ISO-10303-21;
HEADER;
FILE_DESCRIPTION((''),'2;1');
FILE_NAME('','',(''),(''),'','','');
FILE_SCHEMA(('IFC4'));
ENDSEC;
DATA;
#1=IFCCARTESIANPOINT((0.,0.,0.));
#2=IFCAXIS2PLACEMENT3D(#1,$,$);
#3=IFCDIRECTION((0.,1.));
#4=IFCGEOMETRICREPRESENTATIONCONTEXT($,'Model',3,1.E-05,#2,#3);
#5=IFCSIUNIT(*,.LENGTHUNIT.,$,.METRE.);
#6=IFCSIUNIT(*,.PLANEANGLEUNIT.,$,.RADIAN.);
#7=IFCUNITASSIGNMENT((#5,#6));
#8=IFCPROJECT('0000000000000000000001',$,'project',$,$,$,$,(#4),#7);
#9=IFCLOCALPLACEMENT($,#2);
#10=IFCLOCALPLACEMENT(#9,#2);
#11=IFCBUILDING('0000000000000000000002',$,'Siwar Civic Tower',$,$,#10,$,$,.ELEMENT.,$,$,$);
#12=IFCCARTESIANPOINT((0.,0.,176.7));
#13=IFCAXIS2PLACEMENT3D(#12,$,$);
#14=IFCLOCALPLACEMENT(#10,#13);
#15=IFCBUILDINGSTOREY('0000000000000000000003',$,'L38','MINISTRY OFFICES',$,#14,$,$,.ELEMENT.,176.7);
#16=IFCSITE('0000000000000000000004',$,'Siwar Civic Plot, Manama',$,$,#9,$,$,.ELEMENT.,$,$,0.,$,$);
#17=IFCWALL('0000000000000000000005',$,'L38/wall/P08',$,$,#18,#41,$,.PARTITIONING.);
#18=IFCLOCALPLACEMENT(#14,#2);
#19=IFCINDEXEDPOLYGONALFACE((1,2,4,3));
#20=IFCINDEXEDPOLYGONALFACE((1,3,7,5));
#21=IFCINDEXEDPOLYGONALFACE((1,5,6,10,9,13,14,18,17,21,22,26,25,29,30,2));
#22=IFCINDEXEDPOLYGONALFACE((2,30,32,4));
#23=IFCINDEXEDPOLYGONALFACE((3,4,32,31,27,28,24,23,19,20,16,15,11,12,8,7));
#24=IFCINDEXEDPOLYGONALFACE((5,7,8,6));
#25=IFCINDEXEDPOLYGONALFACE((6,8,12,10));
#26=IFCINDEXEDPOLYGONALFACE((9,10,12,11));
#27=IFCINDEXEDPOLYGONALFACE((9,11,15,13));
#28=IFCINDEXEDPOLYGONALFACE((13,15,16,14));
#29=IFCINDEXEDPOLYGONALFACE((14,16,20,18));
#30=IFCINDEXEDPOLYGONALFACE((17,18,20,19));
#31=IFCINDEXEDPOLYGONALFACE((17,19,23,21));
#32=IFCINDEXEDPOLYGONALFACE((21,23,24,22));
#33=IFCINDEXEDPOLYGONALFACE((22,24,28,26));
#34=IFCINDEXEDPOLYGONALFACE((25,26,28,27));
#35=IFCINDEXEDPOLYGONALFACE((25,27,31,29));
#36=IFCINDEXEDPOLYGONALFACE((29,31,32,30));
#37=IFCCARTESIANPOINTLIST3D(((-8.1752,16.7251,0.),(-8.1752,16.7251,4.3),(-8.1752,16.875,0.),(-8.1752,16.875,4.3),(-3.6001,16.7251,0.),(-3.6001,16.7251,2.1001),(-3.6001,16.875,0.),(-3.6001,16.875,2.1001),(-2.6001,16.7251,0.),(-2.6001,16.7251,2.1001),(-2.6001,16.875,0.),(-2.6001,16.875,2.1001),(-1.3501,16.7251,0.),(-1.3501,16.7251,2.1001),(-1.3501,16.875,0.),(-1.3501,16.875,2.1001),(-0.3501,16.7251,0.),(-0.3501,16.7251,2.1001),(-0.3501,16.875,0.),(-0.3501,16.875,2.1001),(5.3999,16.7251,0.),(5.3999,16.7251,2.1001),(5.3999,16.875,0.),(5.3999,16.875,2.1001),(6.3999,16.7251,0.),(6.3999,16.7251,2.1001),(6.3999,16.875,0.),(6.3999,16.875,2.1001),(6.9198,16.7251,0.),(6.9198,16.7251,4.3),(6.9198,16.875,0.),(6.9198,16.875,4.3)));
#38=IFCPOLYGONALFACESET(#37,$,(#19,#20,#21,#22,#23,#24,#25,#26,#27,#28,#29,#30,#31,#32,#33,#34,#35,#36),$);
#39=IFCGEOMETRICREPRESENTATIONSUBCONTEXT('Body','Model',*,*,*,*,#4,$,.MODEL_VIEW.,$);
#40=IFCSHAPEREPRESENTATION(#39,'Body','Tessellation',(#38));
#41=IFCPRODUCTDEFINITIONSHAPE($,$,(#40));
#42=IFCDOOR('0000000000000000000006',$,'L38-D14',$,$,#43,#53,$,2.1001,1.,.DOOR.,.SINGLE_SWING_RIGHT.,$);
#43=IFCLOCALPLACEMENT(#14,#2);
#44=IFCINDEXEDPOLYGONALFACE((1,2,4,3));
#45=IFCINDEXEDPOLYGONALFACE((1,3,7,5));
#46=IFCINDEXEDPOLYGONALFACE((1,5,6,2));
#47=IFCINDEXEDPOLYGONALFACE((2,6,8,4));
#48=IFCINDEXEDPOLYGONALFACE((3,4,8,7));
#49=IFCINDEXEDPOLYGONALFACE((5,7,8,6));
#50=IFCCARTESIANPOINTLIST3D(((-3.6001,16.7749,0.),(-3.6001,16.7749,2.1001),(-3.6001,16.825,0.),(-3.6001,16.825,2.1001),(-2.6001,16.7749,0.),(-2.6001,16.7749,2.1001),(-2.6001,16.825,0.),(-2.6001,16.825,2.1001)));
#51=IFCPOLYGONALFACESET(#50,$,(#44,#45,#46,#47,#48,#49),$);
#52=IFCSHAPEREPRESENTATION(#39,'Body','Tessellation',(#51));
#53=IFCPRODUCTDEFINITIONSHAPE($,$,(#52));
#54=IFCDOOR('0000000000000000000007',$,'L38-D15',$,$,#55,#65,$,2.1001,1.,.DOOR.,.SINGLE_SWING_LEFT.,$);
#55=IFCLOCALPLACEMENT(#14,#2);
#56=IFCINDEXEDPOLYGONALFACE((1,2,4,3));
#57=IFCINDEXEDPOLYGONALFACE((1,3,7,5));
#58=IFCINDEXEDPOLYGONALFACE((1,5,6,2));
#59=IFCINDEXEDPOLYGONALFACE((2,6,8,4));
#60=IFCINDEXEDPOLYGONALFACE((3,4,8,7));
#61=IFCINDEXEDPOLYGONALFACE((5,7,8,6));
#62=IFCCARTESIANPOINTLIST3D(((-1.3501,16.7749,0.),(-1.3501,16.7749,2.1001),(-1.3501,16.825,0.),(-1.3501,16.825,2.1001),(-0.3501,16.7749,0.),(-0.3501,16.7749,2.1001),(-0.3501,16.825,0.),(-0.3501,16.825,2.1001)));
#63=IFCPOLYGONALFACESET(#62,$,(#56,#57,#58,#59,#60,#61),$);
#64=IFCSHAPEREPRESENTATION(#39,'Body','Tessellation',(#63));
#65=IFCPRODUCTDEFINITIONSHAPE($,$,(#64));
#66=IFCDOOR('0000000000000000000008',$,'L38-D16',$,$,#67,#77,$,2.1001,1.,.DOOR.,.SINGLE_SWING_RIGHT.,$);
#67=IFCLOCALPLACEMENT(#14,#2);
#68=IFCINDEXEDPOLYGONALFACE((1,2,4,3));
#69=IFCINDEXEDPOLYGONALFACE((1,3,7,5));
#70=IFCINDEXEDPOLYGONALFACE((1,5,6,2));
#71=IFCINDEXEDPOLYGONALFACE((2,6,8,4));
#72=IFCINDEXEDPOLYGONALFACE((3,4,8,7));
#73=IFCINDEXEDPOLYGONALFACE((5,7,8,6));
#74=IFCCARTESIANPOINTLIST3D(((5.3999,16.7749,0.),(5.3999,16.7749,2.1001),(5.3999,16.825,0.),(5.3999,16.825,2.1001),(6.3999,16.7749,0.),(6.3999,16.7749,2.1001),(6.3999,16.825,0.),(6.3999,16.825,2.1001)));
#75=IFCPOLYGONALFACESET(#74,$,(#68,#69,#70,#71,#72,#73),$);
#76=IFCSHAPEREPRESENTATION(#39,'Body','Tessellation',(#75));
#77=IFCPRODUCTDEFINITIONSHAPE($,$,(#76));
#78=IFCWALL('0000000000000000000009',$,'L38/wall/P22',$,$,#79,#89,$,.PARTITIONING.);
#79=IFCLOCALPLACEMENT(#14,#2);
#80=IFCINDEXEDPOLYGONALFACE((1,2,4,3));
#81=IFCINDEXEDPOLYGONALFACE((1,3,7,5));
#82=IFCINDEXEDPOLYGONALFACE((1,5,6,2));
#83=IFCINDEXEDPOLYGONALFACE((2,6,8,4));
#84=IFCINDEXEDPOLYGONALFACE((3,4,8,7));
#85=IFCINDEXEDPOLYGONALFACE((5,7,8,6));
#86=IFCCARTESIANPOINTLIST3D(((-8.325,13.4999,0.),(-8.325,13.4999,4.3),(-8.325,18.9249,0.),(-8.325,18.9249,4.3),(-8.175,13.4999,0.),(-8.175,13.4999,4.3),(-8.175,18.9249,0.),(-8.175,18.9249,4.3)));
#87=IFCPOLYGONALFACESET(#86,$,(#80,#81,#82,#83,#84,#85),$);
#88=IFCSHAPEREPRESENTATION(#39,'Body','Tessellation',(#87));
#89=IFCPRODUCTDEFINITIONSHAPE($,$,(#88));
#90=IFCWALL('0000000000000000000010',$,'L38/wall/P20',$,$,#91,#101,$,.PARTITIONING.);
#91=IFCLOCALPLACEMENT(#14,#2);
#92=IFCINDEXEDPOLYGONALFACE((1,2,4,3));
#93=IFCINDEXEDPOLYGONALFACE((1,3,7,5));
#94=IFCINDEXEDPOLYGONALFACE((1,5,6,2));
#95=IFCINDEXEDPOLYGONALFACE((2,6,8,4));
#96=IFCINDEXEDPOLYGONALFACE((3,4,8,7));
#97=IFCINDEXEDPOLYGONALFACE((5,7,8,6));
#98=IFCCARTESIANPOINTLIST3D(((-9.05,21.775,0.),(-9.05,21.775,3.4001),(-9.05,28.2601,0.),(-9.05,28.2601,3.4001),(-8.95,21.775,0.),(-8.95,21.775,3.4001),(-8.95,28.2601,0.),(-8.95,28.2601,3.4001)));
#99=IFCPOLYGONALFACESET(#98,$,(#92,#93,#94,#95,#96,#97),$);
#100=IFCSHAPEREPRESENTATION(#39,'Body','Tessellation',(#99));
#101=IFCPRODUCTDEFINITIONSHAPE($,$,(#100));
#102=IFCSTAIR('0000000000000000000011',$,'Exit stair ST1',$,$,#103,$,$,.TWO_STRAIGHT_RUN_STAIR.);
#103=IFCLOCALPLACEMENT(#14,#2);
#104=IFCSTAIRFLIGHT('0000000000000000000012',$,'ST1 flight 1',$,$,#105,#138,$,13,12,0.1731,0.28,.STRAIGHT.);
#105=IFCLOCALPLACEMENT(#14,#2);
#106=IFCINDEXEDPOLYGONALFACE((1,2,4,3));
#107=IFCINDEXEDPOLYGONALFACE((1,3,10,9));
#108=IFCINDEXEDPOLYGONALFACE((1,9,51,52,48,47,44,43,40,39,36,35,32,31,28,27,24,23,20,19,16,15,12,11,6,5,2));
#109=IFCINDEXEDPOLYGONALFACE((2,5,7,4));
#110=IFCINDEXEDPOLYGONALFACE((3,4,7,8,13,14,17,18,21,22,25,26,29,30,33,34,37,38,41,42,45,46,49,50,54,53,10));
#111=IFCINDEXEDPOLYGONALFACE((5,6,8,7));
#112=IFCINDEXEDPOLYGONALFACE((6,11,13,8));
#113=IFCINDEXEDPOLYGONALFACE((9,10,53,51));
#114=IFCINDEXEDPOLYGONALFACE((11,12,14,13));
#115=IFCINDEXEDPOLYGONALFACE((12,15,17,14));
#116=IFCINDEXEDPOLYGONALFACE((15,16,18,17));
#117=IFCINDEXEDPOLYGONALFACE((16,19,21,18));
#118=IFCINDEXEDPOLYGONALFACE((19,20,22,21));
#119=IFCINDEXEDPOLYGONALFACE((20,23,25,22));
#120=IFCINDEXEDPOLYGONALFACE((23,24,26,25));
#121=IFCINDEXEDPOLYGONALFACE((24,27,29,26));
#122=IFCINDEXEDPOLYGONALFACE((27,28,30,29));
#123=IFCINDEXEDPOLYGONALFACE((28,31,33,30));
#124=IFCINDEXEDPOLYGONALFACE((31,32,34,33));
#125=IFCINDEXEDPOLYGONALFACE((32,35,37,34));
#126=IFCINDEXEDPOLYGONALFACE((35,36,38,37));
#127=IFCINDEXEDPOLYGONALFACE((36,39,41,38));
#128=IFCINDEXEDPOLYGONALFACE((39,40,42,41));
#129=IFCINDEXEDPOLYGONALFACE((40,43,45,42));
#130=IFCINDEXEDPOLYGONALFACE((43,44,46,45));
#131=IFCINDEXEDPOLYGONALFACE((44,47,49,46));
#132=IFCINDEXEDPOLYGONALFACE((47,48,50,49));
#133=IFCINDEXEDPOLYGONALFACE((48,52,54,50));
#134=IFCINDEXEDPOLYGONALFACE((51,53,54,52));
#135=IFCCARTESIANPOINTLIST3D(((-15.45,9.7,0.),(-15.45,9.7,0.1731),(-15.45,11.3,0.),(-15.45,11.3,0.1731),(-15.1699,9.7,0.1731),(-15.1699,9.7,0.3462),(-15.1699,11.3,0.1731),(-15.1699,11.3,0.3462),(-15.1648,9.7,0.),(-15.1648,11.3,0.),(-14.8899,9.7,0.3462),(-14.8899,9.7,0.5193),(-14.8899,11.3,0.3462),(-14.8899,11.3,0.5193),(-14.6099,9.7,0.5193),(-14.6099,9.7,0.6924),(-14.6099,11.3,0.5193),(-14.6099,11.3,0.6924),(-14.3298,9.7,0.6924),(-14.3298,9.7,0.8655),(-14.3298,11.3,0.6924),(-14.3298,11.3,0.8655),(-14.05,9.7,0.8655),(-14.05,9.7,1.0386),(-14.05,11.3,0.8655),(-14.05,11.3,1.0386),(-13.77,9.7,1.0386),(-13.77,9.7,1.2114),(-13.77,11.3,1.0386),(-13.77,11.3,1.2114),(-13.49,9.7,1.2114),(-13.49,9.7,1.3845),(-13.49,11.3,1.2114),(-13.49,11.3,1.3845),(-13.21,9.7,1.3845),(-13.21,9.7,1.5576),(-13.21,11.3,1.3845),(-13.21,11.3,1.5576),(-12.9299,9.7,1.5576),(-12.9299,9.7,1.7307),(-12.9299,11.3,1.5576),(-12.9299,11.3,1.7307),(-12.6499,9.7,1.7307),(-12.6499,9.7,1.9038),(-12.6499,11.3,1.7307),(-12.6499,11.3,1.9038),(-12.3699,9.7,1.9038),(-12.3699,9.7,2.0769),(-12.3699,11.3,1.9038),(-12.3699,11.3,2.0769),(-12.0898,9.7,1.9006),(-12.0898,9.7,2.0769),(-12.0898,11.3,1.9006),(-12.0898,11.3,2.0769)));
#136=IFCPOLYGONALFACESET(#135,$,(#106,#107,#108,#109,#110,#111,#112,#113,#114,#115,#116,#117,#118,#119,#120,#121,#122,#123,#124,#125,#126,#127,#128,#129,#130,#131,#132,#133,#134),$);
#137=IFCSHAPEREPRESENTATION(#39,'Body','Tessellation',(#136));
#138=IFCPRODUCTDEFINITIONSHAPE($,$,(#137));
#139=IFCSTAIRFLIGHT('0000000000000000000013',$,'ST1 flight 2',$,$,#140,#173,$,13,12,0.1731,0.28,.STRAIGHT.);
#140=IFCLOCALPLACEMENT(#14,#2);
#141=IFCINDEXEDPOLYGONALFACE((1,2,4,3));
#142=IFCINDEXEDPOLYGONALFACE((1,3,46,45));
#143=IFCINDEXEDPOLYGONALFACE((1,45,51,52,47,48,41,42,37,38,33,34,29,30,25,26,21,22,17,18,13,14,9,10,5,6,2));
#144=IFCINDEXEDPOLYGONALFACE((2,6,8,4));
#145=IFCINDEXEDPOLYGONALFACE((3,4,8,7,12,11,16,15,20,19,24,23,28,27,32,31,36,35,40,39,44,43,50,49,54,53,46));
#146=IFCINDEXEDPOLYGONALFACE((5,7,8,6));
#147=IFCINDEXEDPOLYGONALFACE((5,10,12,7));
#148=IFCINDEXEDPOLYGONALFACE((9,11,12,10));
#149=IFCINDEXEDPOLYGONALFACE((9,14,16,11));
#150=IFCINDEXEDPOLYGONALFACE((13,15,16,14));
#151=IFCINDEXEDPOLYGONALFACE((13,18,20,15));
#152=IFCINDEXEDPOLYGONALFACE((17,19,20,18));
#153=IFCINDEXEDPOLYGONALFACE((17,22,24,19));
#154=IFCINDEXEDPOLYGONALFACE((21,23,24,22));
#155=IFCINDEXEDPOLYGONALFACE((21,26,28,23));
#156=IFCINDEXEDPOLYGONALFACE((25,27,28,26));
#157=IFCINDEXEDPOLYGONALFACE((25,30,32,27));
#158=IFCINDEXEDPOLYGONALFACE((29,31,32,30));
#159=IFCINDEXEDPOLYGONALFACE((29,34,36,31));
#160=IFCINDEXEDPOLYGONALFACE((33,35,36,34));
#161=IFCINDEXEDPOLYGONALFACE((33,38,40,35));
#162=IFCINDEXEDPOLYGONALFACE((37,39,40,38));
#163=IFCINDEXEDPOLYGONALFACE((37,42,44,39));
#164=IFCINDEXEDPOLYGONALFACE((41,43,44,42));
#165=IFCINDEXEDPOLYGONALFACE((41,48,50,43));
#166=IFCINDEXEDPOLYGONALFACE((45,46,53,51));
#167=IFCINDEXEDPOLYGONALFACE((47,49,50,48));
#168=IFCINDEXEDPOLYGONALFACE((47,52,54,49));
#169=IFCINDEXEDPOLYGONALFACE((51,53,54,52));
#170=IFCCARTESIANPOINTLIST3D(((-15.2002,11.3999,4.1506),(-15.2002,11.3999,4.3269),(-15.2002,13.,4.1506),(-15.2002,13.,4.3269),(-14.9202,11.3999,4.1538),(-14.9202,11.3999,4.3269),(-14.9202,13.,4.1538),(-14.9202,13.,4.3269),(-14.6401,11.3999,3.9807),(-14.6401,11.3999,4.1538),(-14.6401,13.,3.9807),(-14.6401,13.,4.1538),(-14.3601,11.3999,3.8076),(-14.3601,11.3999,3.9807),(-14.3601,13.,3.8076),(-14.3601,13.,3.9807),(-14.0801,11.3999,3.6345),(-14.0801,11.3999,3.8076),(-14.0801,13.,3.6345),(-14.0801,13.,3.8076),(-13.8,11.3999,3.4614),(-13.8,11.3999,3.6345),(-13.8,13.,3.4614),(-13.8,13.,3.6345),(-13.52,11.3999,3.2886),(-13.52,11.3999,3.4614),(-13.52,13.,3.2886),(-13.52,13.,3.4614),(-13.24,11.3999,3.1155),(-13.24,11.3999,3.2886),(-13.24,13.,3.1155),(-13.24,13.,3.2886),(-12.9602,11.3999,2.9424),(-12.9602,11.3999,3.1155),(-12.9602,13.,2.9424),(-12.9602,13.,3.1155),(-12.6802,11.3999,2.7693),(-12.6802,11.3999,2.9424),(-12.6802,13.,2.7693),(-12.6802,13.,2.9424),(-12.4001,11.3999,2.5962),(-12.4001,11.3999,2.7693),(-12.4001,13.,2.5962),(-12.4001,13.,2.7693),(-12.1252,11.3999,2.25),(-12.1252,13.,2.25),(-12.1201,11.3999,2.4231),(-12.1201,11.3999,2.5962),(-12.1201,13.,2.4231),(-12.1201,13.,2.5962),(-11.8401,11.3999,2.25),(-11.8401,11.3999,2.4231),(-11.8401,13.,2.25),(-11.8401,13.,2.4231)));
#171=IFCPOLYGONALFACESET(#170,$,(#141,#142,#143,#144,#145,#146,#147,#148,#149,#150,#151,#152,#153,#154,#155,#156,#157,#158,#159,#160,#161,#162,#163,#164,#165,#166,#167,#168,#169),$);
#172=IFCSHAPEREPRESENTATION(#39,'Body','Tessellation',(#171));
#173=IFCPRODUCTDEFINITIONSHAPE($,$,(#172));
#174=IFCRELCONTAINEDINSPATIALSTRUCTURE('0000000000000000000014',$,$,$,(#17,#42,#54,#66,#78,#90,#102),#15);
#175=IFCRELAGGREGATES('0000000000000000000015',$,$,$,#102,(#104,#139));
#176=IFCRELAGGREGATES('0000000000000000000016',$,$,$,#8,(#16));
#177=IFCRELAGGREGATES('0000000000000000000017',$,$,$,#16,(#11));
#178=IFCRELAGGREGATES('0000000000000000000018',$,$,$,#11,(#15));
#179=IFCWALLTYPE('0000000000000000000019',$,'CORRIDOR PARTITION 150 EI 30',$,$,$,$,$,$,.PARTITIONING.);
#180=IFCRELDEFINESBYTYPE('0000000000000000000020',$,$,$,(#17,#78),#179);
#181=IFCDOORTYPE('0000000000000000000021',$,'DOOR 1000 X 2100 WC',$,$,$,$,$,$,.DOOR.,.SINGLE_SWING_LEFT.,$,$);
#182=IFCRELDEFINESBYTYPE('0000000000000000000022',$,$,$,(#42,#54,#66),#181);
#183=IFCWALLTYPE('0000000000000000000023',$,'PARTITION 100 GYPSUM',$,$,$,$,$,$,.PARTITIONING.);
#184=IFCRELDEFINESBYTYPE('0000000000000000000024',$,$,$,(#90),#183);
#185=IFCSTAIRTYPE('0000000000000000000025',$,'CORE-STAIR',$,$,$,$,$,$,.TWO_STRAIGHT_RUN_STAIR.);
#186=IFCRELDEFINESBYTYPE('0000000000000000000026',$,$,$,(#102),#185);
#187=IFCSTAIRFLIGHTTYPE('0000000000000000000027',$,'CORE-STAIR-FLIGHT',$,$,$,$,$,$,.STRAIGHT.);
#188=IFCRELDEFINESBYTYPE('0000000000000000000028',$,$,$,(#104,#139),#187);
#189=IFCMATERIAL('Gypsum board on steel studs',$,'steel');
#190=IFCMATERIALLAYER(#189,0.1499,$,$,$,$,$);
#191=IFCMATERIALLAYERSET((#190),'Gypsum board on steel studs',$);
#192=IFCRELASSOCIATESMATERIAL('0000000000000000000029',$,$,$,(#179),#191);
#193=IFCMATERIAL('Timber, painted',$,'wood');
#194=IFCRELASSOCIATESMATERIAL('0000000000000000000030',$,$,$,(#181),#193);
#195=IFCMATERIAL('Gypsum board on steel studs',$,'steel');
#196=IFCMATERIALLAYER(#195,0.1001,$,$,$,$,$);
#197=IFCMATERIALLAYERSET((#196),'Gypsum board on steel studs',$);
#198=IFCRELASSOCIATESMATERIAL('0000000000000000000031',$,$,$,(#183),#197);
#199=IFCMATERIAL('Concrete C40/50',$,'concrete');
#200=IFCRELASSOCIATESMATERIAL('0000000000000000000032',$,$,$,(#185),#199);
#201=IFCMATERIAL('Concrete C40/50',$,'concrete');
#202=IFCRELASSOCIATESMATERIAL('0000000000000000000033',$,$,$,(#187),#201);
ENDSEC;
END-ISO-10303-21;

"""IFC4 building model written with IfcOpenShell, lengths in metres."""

from ifc_helpers import new_model, si_unit, direction, frame, frame_2d, origin, place, context, subcontext, project, spatial, polyline, rectangle, outline, extrude, material, layer, layer_set, type_object, element, fill, aggregate, save


model = new_model("IFC4")

# Units and contexts
model_context = context("Model", 3, precision=1e-05, world=origin(), true_north=direction((0.0, 1.0)))
body_context = subcontext(model_context, "Body", "Model", "MODEL_VIEW")
ifc_project = project(units=[si_unit("LENGTHUNIT", "METRE"), si_unit("PLANEANGLEUNIT", "RADIAN")], contexts=[model_context])

# Site, building, storey
site_placement = place(None, origin())
site = spatial("IfcSite", under=ifc_project, at=site_placement, Name="Siwar Civic Plot, Manama", CompositionType="ELEMENT", RefElevation=0.0)
building_placement = place(site_placement, origin())
building = spatial("IfcBuilding", under=site, at=building_placement, Name="Siwar Civic Tower", CompositionType="ELEMENT")
storey_placement = place(building_placement, frame((0.0, 0.0, 176.7)))
storey = spatial("IfcBuildingStorey", under=building, at=storey_placement, Name="L38", Description="MINISTRY OFFICES", CompositionType="ELEMENT", Elevation=176.7)

# Wall, openings, doors
ifc_material_1 = material(Name="Gypsum board on steel studs", Category="steel")
ifc_layer_1 = layer(ifc_material_1, 0.1499)
ifc_layer_set_1 = layer_set([ifc_layer_1], Name="Gypsum board on steel studs")
wall_type_1 = type_object("IfcWallType", Name="CORRIDOR PARTITION 150 EI 30", PredefinedType="PARTITIONING", material=ifc_layer_set_1)
wall_1_placement = place(storey_placement, frame((-8.175, 16.8, 0.0), z_axis=(0.0, 0.0, 1.0), x_axis=(1.0, 0.0, 0.0)))
wall_1 = element("IfcWall", 1, at=wall_1_placement, inside=storey, type_object=wall_type_1, Name="L38/wall/P08", PredefinedType="PARTITIONING", context=body_context, shape_type="SweptSolid", body=[
    extrude(rectangle(XDim=15.095, YDim=0.1499, at=frame_2d((7.5474, 0.0))), origin(), (0.0, 0.0, 1.0), 4.3),
])
opening_1_placement = place(wall_1_placement, frame((4.575, 0.0, 0.0)))
opening_1 = element("IfcOpeningElement", 2, at=opening_1_placement, cuts=wall_1, PredefinedType="OPENING", context=body_context, shape_type="SweptSolid", body=[
    extrude(rectangle(XDim=1.0, YDim=2.1001, at=frame_2d((0.5, 1.05))), frame((0.0, 0.085, 0.0), z_axis=(0.0, -1.0, 0.0), x_axis=(1.0, 0.0, 0.0)), (0.0, 0.0, 1.0), 0.1699),
])
opening_2_placement = place(wall_1_placement, frame((6.825, 0.0, 0.0)))
opening_2 = element("IfcOpeningElement", 3, at=opening_2_placement, cuts=wall_1, PredefinedType="OPENING", context=body_context, shape_type="SweptSolid", body=[
    extrude(rectangle(XDim=1.0, YDim=2.1001, at=frame_2d((0.5, 1.05))), frame((0.0, 0.085, 0.0), z_axis=(0.0, -1.0, 0.0), x_axis=(1.0, 0.0, 0.0)), (0.0, 0.0, 1.0), 0.1699),
])
opening_3_placement = place(wall_1_placement, frame((13.575, 0.0, 0.0)))
opening_3 = element("IfcOpeningElement", 4, at=opening_3_placement, cuts=wall_1, PredefinedType="OPENING", context=body_context, shape_type="SweptSolid", body=[
    extrude(rectangle(XDim=1.0, YDim=2.1001, at=frame_2d((0.5, 1.05))), frame((0.0, 0.085, 0.0), z_axis=(0.0, -1.0, 0.0), x_axis=(1.0, 0.0, 0.0)), (0.0, 0.0, 1.0), 0.1699),
])
ifc_material_2 = material(Name="Timber, painted", Category="wood")
door_type_1 = type_object("IfcDoorType", Name="DOOR 1000 X 2100 WC", OperationType="SINGLE_SWING_LEFT", PredefinedType="DOOR", material=ifc_material_2)
door_1_placement = place(opening_1_placement, origin())
door_1 = element("IfcDoor", 5, at=door_1_placement, inside=storey, type_object=door_type_1, Name="L38-D14", OperationType="SINGLE_SWING_RIGHT", OverallHeight=2.1001, OverallWidth=1.0, PredefinedType="DOOR", context=body_context, shape_type="SweptSolid", body=[
    extrude(rectangle(XDim=1.0, YDim=2.1001, at=frame_2d((0.5, 1.05))), frame((0.0, 0.0249, 0.0), z_axis=(0.0, -1.0, 0.0), x_axis=(1.0, 0.0, 0.0)), (0.0, 0.0, 1.0), 0.05),
])
fill(opening_1, door_1)
door_2_placement = place(opening_2_placement, origin())
door_2 = element("IfcDoor", 6, at=door_2_placement, inside=storey, type_object=door_type_1, Name="L38-D15", OperationType="SINGLE_SWING_LEFT", OverallHeight=2.1001, OverallWidth=1.0, PredefinedType="DOOR", context=body_context, shape_type="SweptSolid", body=[
    extrude(rectangle(XDim=1.0, YDim=2.1001, at=frame_2d((0.5, 1.05))), frame((0.0, 0.0249, 0.0), z_axis=(0.0, -1.0, 0.0), x_axis=(1.0, 0.0, 0.0)), (0.0, 0.0, 1.0), 0.05),
])
fill(opening_2, door_2)
door_3_placement = place(opening_3_placement, origin())
door_3 = element("IfcDoor", 7, at=door_3_placement, inside=storey, type_object=door_type_1, Name="L38-D16", OperationType="SINGLE_SWING_RIGHT", OverallHeight=2.1001, OverallWidth=1.0, PredefinedType="DOOR", context=body_context, shape_type="SweptSolid", body=[
    extrude(rectangle(XDim=1.0, YDim=2.1001, at=frame_2d((0.5, 1.05))), frame((0.0, 0.0249, 0.0), z_axis=(0.0, -1.0, 0.0), x_axis=(1.0, 0.0, 0.0)), (0.0, 0.0, 1.0), 0.05),
])
fill(opening_3, door_3)

# Walls
wall_2_placement = place(storey_placement, frame((-8.25, 13.5, 0.0), z_axis=(0.0, 0.0, 1.0), x_axis=(0.0, 1.0, 0.0)))
element("IfcWall", 8, at=wall_2_placement, inside=storey, type_object=wall_type_1, Name="L38/wall/P22", PredefinedType="PARTITIONING", context=body_context, shape_type="SweptSolid", body=[
    extrude(rectangle(XDim=5.425, YDim=0.1499, at=frame_2d((2.7124, 0.0))), origin(), (0.0, 0.0, 1.0), 4.3),
])
ifc_material_3 = material(Name="Gypsum board on steel studs", Category="steel")
ifc_layer_2 = layer(ifc_material_3, 0.1001)
ifc_layer_set_2 = layer_set([ifc_layer_2], Name="Gypsum board on steel studs")
wall_type_2 = type_object("IfcWallType", Name="PARTITION 100 GYPSUM", PredefinedType="PARTITIONING", material=ifc_layer_set_2)
wall_3_placement = place(storey_placement, frame((-9.0, 21.7749, 0.0), z_axis=(0.0, 0.0, 1.0), x_axis=(0.0, 1.0, 0.0)))
element("IfcWall", 9, at=wall_3_placement, inside=storey, type_object=wall_type_2, Name="L38/wall/P20", PredefinedType="PARTITIONING", context=body_context, shape_type="SweptSolid", body=[
    extrude(rectangle(XDim=6.4851, YDim=0.1001, at=frame_2d((3.2427, 0.0))), origin(), (0.0, 0.0, 1.0), 3.4001),
])

# Stair, stair flights
ifc_material_4 = material(Name="Concrete C40/50", Category="concrete")
stair_type = type_object("IfcStairType", Name="CORE-STAIR", PredefinedType="TWO_STRAIGHT_RUN_STAIR", material=ifc_material_4)
stair_placement = place(storey_placement, origin())
stair = element("IfcStair", 10, at=stair_placement, inside=storey, type_object=stair_type, Name="Exit stair ST1", PredefinedType="TWO_STRAIGHT_RUN_STAIR")
ifc_material_5 = material(Name="Concrete C40/50", Category="concrete")
stair_flight_type = type_object("IfcStairFlightType", Name="CORE-STAIR-FLIGHT", PredefinedType="STRAIGHT", material=ifc_material_5)
stair_flight_1_placement = place(storey_placement, frame((-15.45, 10.5, 0.0), z_axis=(0.0, 0.0, 1.0), x_axis=(1.0, 0.0, 0.0)))
stair_flight_1 = element("IfcStairFlight", 11, at=stair_flight_1_placement, type_object=stair_flight_type, Name="ST1 flight 1", NumberOfRisers=13, NumberOfTreads=12, PredefinedType="STRAIGHT", RiserHeight=0.1731, TreadLength=0.28, context=body_context, shape_type="SweptSolid", body=[
    extrude(outline(polyline([(0.0, 0.0), (0.0, 0.1731), (0.28, 0.1731), (0.28, 0.3462), (0.5601, 0.3462), (0.5601, 0.5193), (0.8401, 0.5193), (0.8401, 0.6924), (1.1201, 0.6924), (1.1201, 0.8655), (1.3999, 0.8655), (1.3999, 1.0386), (1.6799, 1.0386), (1.6799, 1.2114), (1.96, 1.2114), (1.96, 1.3845), (2.24, 1.3845), (2.24, 1.5576), (2.52, 1.5576), (2.52, 1.7307), (2.8, 1.7307), (2.8, 1.9038), (3.0801, 1.9038), (3.0801, 2.0769), (3.3601, 2.0769), (3.3601, 2.25), (3.3601, 1.9006), (0.2852, 0.0), (0.0, 0.0)])), frame((0.0, 0.8, 0.0), z_axis=(0.0, -1.0, 0.0), x_axis=(1.0, 0.0, 0.0)), (0.0, 0.0, 1.0), 1.6001),
])
stair_flight_2_placement = place(storey_placement, frame((-11.8401, 12.2, 2.25), z_axis=(0.0, 0.0, 1.0), x_axis=(-1.0, 0.0, 0.0)))
stair_flight_2 = element("IfcStairFlight", 12, at=stair_flight_2_placement, type_object=stair_flight_type, Name="ST1 flight 2", NumberOfRisers=13, NumberOfTreads=12, PredefinedType="STRAIGHT", RiserHeight=0.1731, TreadLength=0.28, context=body_context, shape_type="SweptSolid", body=[
    extrude(outline(polyline([(0.0, 0.0), (0.0, 0.1731), (0.28, 0.1731), (0.28, 0.3462), (0.5601, 0.3462), (0.5601, 0.5193), (0.8401, 0.5193), (0.8401, 0.6924), (1.1201, 0.6924), (1.1201, 0.8655), (1.3999, 0.8655), (1.3999, 1.0386), (1.6799, 1.0386), (1.6799, 1.2114), (1.96, 1.2114), (1.96, 1.3845), (2.24, 1.3845), (2.24, 1.5576), (2.52, 1.5576), (2.52, 1.7307), (2.8, 1.7307), (2.8, 1.9038), (3.0801, 1.9038), (3.0801, 2.0769), (3.3601, 2.0769), (3.3601, 2.25), (3.3601, 1.9006), (0.2852, 0.0), (0.0, 0.0)])), frame((0.0, 0.8, 0.0), z_axis=(0.0, -1.0, 0.0), x_axis=(1.0, 0.0, 0.0)), (0.0, 0.0, 1.0), 1.6001),
])
aggregate(stair, [stair_flight_1, stair_flight_2])

save(model, "model.ifc")
